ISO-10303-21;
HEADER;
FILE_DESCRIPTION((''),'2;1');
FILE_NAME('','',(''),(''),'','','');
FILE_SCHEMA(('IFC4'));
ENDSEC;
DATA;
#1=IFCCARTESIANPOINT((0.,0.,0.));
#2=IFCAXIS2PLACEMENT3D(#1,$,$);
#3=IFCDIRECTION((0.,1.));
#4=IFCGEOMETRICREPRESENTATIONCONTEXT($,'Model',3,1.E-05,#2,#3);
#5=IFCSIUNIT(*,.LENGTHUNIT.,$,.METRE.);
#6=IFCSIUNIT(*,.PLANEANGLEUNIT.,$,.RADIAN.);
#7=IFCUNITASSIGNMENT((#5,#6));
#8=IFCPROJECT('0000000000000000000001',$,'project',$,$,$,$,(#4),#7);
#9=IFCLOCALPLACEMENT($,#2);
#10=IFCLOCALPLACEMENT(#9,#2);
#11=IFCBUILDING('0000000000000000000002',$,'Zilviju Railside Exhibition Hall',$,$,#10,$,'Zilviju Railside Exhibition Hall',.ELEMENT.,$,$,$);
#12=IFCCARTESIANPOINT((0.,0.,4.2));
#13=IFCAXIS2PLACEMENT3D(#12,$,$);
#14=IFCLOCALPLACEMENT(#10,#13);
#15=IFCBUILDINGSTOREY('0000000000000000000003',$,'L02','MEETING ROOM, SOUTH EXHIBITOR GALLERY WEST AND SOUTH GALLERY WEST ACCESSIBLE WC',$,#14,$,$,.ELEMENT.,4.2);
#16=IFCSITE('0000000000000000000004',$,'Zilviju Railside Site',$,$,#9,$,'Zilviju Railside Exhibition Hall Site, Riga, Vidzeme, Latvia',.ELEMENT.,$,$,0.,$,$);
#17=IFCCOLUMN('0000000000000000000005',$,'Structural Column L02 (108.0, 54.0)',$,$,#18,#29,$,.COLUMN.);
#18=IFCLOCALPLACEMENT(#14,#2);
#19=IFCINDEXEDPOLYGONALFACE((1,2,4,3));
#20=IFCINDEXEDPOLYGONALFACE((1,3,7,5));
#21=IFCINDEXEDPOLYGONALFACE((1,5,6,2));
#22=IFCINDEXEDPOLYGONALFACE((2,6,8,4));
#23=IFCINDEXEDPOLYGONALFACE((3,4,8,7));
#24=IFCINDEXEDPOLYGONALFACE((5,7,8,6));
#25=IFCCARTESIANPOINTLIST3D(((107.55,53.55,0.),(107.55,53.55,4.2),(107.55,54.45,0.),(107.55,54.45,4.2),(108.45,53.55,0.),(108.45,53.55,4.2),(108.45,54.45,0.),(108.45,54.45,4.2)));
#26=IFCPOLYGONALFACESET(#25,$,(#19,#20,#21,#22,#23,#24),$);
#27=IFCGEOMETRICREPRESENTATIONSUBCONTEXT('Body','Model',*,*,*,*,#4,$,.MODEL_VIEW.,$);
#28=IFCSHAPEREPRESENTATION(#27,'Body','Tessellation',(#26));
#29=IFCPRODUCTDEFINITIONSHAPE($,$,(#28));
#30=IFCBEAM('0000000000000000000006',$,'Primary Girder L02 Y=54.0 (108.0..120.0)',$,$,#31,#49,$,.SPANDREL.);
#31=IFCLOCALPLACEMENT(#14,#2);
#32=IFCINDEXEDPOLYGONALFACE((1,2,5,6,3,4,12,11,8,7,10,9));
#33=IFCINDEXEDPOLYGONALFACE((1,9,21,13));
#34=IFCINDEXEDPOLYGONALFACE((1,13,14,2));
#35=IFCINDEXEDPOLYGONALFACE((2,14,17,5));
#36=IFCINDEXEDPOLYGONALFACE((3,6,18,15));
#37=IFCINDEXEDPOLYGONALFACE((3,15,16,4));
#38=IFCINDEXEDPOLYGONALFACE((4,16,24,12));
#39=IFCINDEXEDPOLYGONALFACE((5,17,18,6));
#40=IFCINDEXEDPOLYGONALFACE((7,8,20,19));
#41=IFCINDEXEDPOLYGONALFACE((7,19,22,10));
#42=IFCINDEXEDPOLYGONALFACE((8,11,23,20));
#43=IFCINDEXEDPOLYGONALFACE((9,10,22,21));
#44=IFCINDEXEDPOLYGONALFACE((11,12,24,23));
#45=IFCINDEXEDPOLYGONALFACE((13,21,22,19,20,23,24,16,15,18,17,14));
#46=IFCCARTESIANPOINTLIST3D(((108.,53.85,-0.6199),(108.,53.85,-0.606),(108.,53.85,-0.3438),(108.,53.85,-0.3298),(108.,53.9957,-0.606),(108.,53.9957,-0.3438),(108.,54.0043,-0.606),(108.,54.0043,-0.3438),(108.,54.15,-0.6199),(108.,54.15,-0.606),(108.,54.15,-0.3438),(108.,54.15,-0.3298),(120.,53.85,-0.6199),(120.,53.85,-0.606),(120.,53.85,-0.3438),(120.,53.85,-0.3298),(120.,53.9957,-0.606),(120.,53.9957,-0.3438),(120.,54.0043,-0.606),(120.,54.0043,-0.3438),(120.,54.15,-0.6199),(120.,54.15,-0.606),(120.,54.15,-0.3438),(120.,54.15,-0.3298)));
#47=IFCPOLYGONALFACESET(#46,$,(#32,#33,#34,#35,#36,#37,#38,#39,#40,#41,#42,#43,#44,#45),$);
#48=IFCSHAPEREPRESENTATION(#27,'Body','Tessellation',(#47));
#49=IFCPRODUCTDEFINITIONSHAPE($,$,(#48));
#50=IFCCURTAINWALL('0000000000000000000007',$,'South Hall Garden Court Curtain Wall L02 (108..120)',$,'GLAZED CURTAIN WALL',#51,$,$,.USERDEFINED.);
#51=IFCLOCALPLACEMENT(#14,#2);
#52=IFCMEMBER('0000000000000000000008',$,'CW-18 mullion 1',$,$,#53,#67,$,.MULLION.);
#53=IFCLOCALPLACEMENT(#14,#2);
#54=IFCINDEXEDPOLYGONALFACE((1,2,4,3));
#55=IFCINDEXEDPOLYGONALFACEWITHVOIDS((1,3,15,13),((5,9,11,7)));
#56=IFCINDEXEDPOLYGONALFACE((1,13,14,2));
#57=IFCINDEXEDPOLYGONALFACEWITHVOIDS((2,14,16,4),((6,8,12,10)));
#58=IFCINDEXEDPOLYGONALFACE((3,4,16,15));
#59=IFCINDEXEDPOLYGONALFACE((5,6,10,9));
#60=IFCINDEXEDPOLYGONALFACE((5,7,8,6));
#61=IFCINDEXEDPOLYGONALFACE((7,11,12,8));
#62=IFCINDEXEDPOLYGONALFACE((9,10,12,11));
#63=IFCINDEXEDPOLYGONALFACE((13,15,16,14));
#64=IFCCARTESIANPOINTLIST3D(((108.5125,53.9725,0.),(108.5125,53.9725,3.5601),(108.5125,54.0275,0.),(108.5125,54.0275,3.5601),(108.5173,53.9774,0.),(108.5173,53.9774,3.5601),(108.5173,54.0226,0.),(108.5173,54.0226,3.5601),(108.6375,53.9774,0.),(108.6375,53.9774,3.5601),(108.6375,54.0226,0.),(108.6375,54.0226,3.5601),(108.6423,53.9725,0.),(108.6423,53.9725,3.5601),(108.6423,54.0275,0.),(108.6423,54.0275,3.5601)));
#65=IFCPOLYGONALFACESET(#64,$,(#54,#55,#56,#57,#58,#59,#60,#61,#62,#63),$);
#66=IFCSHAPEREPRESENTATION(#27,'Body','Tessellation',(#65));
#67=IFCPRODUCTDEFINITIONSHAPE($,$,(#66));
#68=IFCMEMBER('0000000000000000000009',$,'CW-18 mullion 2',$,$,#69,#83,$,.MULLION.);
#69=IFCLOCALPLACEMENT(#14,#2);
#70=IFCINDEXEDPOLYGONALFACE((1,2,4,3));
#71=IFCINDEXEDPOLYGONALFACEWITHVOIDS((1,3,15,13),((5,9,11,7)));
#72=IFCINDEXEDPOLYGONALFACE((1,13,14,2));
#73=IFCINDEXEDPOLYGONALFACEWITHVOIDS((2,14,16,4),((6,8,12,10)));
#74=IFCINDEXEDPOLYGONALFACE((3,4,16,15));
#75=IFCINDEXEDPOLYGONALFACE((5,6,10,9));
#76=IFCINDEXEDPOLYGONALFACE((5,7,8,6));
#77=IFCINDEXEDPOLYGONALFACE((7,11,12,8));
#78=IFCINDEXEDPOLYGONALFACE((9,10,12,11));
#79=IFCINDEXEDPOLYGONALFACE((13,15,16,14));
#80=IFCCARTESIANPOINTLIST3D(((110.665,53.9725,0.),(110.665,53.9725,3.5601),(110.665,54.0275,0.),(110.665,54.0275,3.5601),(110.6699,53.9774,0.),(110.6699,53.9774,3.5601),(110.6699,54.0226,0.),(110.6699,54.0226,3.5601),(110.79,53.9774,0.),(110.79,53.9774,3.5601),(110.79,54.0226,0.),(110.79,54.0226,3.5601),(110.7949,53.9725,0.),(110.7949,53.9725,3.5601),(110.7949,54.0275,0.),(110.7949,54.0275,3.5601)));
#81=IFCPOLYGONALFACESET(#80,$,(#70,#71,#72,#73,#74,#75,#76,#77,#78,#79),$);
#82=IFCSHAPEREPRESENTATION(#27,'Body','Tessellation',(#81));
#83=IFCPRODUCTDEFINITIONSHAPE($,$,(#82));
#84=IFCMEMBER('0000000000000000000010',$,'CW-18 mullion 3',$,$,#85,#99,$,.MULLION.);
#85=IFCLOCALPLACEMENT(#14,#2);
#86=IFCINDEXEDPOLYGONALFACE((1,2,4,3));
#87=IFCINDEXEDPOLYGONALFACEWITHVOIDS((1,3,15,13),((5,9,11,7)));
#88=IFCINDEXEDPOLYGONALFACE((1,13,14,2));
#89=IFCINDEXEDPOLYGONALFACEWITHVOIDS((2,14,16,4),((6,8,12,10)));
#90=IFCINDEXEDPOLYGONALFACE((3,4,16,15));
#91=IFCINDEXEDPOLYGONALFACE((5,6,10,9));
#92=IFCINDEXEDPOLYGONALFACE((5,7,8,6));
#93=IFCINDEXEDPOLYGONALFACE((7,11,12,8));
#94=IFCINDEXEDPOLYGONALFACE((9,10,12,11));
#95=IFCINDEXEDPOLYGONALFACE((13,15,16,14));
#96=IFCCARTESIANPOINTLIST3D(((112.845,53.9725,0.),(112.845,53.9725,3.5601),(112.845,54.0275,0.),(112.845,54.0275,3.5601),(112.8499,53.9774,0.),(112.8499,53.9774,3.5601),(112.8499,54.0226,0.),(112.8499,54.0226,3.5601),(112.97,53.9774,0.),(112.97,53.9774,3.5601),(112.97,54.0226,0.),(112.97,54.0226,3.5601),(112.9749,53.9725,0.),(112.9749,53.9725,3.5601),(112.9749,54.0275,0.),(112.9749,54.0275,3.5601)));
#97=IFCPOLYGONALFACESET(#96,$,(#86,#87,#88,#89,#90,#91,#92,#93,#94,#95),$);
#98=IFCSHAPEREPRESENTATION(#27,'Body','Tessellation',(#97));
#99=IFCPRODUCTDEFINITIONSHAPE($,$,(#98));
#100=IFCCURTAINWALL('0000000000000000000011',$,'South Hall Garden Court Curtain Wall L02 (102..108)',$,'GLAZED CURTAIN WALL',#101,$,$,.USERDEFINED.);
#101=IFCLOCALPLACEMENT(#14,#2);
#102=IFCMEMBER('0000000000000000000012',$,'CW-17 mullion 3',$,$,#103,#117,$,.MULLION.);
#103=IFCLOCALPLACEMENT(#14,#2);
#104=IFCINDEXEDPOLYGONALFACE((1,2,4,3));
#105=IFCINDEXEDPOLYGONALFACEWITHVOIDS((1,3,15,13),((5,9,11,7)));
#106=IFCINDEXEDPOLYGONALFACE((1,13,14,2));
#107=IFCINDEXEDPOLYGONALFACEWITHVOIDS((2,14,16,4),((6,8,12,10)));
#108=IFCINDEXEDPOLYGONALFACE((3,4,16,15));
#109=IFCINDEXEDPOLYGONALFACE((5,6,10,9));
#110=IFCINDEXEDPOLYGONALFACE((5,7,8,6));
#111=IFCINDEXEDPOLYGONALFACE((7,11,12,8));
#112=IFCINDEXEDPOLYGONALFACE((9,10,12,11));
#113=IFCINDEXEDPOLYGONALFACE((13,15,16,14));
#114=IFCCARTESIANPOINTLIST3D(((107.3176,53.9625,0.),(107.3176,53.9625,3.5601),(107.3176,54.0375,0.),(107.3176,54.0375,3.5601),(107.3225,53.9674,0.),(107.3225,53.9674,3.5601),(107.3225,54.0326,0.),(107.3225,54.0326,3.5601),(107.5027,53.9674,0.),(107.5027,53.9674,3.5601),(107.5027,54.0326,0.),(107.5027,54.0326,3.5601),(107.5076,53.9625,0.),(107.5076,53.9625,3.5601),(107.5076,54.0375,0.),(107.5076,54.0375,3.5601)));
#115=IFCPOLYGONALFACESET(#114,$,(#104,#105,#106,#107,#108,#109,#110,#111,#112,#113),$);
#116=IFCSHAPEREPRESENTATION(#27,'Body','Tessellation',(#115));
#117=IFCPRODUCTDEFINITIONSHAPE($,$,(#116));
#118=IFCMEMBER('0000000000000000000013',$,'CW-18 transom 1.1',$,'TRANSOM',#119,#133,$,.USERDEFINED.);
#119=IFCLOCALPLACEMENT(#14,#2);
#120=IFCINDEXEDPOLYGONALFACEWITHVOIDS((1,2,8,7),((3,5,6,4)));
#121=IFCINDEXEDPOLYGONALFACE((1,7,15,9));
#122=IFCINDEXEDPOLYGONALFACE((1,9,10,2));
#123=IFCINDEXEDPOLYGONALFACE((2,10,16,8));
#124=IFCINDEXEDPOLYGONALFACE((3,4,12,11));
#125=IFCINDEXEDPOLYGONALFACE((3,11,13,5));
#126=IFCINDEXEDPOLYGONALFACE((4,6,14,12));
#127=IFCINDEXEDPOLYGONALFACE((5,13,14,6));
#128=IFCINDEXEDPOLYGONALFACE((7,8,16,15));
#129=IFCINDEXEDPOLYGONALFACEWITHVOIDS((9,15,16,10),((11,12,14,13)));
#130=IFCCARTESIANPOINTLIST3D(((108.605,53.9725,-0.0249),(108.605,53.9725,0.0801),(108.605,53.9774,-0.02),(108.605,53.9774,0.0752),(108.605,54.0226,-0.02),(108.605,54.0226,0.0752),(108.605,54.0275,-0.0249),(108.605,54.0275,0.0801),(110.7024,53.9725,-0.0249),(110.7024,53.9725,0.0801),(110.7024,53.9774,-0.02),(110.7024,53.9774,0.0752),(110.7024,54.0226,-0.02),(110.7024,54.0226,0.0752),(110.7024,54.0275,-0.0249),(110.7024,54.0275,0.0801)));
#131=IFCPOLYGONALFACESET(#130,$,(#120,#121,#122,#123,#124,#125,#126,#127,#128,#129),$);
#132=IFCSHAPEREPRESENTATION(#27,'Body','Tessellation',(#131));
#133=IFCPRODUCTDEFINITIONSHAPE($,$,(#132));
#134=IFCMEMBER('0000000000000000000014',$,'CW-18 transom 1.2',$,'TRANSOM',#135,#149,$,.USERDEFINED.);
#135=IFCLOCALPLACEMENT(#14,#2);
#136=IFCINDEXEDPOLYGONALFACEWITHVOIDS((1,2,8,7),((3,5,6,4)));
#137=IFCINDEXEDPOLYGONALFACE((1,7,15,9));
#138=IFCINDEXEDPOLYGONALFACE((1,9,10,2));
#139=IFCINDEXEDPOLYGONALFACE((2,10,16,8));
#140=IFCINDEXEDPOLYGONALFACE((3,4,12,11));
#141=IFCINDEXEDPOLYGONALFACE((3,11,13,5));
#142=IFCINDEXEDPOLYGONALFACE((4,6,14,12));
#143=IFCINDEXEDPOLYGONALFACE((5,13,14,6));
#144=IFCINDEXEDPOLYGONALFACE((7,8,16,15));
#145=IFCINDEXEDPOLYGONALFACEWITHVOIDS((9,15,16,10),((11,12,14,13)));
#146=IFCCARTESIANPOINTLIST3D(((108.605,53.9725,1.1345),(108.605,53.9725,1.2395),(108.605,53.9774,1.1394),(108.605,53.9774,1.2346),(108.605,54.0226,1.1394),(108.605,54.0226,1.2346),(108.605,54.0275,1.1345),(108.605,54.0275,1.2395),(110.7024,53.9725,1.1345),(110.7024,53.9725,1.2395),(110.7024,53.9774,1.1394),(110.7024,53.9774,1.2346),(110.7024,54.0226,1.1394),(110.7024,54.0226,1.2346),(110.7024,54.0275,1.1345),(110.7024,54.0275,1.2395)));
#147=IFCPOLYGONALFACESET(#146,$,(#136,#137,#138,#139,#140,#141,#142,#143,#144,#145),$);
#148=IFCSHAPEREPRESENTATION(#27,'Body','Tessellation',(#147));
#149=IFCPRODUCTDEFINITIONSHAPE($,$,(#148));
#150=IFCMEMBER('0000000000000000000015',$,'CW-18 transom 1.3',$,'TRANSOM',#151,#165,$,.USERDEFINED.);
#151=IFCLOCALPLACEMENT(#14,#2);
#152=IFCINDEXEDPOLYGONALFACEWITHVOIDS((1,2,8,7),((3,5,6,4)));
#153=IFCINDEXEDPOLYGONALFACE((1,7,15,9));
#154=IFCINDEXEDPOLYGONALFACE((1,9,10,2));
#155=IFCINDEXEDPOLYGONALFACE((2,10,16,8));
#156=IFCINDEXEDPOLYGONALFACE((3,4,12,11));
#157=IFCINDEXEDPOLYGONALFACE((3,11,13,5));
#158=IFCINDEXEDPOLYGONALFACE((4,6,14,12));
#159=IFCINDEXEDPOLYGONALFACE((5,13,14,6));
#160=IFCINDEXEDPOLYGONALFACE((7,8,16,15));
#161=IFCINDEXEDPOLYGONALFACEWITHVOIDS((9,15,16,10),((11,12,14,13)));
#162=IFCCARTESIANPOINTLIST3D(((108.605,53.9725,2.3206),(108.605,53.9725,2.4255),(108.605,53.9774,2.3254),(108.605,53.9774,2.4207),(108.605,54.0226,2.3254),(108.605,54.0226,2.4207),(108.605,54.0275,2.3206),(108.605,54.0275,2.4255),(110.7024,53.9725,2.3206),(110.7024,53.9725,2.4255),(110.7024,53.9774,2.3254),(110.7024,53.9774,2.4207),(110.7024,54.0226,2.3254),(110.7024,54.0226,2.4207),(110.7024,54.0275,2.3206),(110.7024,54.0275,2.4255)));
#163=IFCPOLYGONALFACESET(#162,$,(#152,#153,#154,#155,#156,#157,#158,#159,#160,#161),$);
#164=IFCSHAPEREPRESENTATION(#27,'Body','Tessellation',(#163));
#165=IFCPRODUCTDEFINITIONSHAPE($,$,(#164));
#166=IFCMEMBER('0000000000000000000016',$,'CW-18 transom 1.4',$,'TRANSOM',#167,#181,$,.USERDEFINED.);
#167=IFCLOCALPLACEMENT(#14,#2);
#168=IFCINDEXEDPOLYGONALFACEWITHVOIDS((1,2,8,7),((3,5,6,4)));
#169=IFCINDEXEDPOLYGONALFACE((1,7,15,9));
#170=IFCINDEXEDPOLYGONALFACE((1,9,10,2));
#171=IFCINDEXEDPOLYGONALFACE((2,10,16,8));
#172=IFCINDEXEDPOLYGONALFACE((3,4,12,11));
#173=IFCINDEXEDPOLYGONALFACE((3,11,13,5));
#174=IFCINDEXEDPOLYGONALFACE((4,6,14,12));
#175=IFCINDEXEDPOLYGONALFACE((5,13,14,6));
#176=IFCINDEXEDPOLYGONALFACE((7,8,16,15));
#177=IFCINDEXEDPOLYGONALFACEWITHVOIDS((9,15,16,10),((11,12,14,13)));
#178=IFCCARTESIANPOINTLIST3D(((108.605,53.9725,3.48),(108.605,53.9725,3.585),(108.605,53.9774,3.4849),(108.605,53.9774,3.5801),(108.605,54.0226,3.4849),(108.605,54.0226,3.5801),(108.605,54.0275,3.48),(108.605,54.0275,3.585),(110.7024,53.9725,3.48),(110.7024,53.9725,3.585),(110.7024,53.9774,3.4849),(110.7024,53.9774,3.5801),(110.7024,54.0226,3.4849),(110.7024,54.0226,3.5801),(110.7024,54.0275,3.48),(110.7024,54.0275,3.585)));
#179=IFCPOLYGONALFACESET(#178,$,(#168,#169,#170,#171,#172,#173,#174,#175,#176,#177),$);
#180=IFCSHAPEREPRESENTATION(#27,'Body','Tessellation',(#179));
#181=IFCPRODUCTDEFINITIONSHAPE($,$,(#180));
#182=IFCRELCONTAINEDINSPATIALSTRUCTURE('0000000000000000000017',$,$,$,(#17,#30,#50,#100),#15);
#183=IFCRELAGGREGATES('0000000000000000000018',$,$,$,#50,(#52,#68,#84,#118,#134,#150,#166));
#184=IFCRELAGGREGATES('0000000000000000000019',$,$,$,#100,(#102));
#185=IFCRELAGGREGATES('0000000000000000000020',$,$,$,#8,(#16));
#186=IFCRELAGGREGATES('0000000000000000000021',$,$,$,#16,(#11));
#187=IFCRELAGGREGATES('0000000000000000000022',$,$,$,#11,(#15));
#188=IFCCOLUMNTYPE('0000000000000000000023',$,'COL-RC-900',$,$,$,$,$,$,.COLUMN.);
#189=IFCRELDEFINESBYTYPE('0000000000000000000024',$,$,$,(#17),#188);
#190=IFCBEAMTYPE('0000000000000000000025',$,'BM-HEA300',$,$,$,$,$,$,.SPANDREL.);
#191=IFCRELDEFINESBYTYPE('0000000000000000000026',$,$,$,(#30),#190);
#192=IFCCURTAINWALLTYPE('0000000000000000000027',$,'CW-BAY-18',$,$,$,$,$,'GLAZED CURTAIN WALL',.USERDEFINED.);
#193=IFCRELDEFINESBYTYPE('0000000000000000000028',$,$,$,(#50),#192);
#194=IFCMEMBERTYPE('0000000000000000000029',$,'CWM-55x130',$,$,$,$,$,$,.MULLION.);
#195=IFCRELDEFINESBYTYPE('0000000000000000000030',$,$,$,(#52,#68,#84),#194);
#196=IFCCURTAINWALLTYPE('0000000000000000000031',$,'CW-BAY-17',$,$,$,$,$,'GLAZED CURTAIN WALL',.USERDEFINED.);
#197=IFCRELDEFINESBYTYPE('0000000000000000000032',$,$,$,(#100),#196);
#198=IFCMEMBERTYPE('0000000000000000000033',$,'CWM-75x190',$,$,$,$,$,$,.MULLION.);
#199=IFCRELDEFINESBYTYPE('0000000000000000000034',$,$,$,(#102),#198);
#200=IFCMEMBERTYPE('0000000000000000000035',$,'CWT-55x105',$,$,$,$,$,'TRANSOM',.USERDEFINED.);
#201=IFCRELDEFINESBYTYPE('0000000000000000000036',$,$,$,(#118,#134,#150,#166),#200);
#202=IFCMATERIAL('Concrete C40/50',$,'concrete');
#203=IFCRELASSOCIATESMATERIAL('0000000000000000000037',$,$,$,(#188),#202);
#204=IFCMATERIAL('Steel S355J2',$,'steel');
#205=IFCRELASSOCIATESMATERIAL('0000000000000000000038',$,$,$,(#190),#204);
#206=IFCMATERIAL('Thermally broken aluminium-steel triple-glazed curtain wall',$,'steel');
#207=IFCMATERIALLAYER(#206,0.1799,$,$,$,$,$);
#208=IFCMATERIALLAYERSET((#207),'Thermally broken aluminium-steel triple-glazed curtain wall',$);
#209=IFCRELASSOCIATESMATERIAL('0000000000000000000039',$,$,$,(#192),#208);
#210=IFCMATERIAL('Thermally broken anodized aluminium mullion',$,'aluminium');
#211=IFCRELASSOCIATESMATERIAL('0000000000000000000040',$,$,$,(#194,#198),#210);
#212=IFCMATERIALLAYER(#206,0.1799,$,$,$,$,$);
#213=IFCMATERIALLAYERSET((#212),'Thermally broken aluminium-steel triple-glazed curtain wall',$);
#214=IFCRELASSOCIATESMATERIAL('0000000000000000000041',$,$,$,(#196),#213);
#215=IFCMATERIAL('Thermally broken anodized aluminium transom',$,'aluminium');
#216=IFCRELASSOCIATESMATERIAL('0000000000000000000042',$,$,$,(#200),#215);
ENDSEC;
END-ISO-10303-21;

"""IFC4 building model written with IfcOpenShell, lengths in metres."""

from ifc_helpers import new_model, si_unit, direction, frame, origin, origin_2d, place, context, subcontext, project, spatial, rectangle, hollow_rectangle, i_section, extrude, material, layer, layer_set, material_profile, profile_set, type_object, element, aggregate, save


model = new_model("IFC4")

# Units and contexts
model_context = context("Model", 3, precision=1e-05, world=origin(), true_north=direction((0.0, 1.0)))
body_context = subcontext(model_context, "Body", "Model", "MODEL_VIEW")
ifc_project = project(units=[si_unit("LENGTHUNIT", "METRE"), si_unit("PLANEANGLEUNIT", "RADIAN")], contexts=[model_context])

# Site, building, storey
site_placement = place(None, origin())
site = spatial("IfcSite", under=ifc_project, at=site_placement, Name="Zilviju Railside Site", LongName="Zilviju Railside Exhibition Hall Site, Riga, Vidzeme, Latvia", CompositionType="ELEMENT", RefElevation=0.0)
building_placement = place(site_placement, origin())
building = spatial("IfcBuilding", under=site, at=building_placement, Name="Zilviju Railside Exhibition Hall", LongName="Zilviju Railside Exhibition Hall", CompositionType="ELEMENT")
storey_placement = place(building_placement, frame((0.0, 0.0, 4.2)))
storey = spatial("IfcBuildingStorey", under=building, at=storey_placement, Name="L02", Description="MEETING ROOM, SOUTH EXHIBITOR GALLERY WEST AND SOUTH GALLERY WEST ACCESSIBLE WC", CompositionType="ELEMENT", Elevation=4.2)

# Column
ifc_material_1 = material(Name="Concrete C40/50", Category="concrete")
ifc_material_profile_1 = material_profile(ifc_material_1, rectangle(XDim=0.8999, YDim=0.8999, at=origin_2d()), Name="RC COL 900x900")
ifc_profile_set_1 = profile_set([ifc_material_profile_1], Name="Concrete C40/50")
column_type = type_object("IfcColumnType", Name="COL-RC-900", PredefinedType="COLUMN", material=ifc_profile_set_1)
column_placement = place(storey_placement, frame((108.0, 54.0, 0.0), z_axis=(0.0, 0.0, 1.0), x_axis=(1.0, 0.0, 0.0)))
element("IfcColumn", 1, at=column_placement, inside=storey, type_object=column_type, Name="Structural Column L02 (108.0, 54.0)", PredefinedType="COLUMN", context=body_context, shape_type="SweptSolid", body=[
    extrude(rectangle(XDim=0.8999, YDim=0.8999, at=origin_2d()), origin(), (0.0, 0.0, 1.0), 4.2),
])

# Beam
ifc_material_2 = material(Name="Steel S355J2", Category="steel")
ifc_material_profile_2 = material_profile(ifc_material_2, i_section(OverallWidth=0.3, OverallDepth=0.29, WebThickness=0.0085, FlangeThickness=0.0139, at=origin_2d()), Name="HEA 300")
ifc_profile_set_2 = profile_set([ifc_material_profile_2], Name="Steel S355J2")
beam_type = type_object("IfcBeamType", Name="BM-HEA300", PredefinedType="SPANDREL", material=ifc_profile_set_2)
beam_placement = place(storey_placement, frame((108.0, 54.0, -0.4749), z_axis=(1.0, 0.0, 0.0), x_axis=(0.0, 1.0, 0.0)))
element("IfcBeam", 2, at=beam_placement, inside=storey, type_object=beam_type, Name="Primary Girder L02 Y=54.0 (108.0..120.0)", PredefinedType="SPANDREL", context=body_context, shape_type="SweptSolid", body=[
    extrude(i_section(OverallWidth=0.3, OverallDepth=0.29, WebThickness=0.0085, FlangeThickness=0.0139, at=origin_2d()), origin(), (0.0, 0.0, 1.0), 12.0),
])

# Curtain wall, members
ifc_material_3 = material(Name="Thermally broken aluminium-steel triple-glazed curtain wall", Category="steel")
ifc_layer_1 = layer(ifc_material_3, 0.1799)
ifc_layer_set_1 = layer_set([ifc_layer_1], Name="Thermally broken aluminium-steel triple-glazed curtain wall")
curtain_wall_type_1 = type_object("IfcCurtainWallType", Name="CW-BAY-18", ElementType="GLAZED CURTAIN WALL", PredefinedType="USERDEFINED", material=ifc_layer_set_1)
curtain_wall_1_placement = place(storey_placement, origin())
curtain_wall_1 = element("IfcCurtainWall", 3, at=curtain_wall_1_placement, inside=storey, type_object=curtain_wall_type_1, Name="South Hall Garden Court Curtain Wall L02 (108..120)", ObjectType="GLAZED CURTAIN WALL", PredefinedType="USERDEFINED")
ifc_material_4 = material(Name="Thermally broken anodized aluminium mullion", Category="aluminium")
ifc_material_profile_3 = material_profile(ifc_material_4, hollow_rectangle(XDim=0.0549, YDim=0.1299, WallThickness=0.0049, at=origin_2d()), Name="MULLION 130x55x5")
ifc_profile_set_3 = profile_set([ifc_material_profile_3], Name="Thermally broken anodized aluminium mullion")
member_type_1 = type_object("IfcMemberType", Name="CWM-55x130", PredefinedType="MULLION", material=ifc_profile_set_3)
member_1_placement = place(storey_placement, frame((108.5774, 54.0, 0.0), z_axis=(0.0, 0.0, 1.0), x_axis=(0.0, 1.0, 0.0)))
member_1 = element("IfcMember", 4, at=member_1_placement, type_object=member_type_1, Name="CW-18 mullion 1", PredefinedType="MULLION", context=body_context, shape_type="SweptSolid", body=[
    extrude(hollow_rectangle(XDim=0.0549, YDim=0.1299, WallThickness=0.0049, at=origin_2d()), origin(), (0.0, 0.0, 1.0), 3.5601),
])
member_2_placement = place(storey_placement, frame((110.73, 54.0, 0.0), z_axis=(0.0, 0.0, 1.0), x_axis=(0.0, 1.0, 0.0)))
member_2 = element("IfcMember", 5, at=member_2_placement, type_object=member_type_1, Name="CW-18 mullion 2", PredefinedType="MULLION", context=body_context, shape_type="SweptSolid", body=[
    extrude(hollow_rectangle(XDim=0.0549, YDim=0.1299, WallThickness=0.0049, at=origin_2d()), origin(), (0.0, 0.0, 1.0), 3.5601),
])
member_3_placement = place(storey_placement, frame((112.9099, 54.0, 0.0), z_axis=(0.0, 0.0, 1.0), x_axis=(0.0, 1.0, 0.0)))
member_3 = element("IfcMember", 6, at=member_3_placement, type_object=member_type_1, Name="CW-18 mullion 3", PredefinedType="MULLION", context=body_context, shape_type="SweptSolid", body=[
    extrude(hollow_rectangle(XDim=0.0549, YDim=0.1299, WallThickness=0.0049, at=origin_2d()), origin(), (0.0, 0.0, 1.0), 3.5601),
])

# Curtain wall, member
ifc_layer_2 = layer(ifc_material_3, 0.1799)
ifc_layer_set_2 = layer_set([ifc_layer_2], Name="Thermally broken aluminium-steel triple-glazed curtain wall")
curtain_wall_type_2 = type_object("IfcCurtainWallType", Name="CW-BAY-17", ElementType="GLAZED CURTAIN WALL", PredefinedType="USERDEFINED", material=ifc_layer_set_2)
curtain_wall_2_placement = place(storey_placement, origin())
curtain_wall_2 = element("IfcCurtainWall", 7, at=curtain_wall_2_placement, inside=storey, type_object=curtain_wall_type_2, Name="South Hall Garden Court Curtain Wall L02 (102..108)", ObjectType="GLAZED CURTAIN WALL", PredefinedType="USERDEFINED")
ifc_material_profile_4 = material_profile(ifc_material_4, hollow_rectangle(XDim=0.075, YDim=0.1899, WallThickness=0.0049, at=origin_2d()), Name="MULLION 190x75x5")
ifc_profile_set_4 = profile_set([ifc_material_profile_4], Name="Thermally broken anodized aluminium mullion")
member_type_2 = type_object("IfcMemberType", Name="CWM-75x190", PredefinedType="MULLION", material=ifc_profile_set_4)
member_4_placement = place(storey_placement, frame((107.4126, 54.0, 0.0), z_axis=(0.0, 0.0, 1.0), x_axis=(0.0, 1.0, 0.0)))
member_4 = element("IfcMember", 8, at=member_4_placement, type_object=member_type_2, Name="CW-17 mullion 3", PredefinedType="MULLION", context=body_context, shape_type="SweptSolid", body=[
    extrude(hollow_rectangle(XDim=0.075, YDim=0.1899, WallThickness=0.0049, at=origin_2d()), origin(), (0.0, 0.0, 1.0), 3.5601),
])

# Members
ifc_material_5 = material(Name="Thermally broken anodized aluminium transom", Category="aluminium")
ifc_material_profile_5 = material_profile(ifc_material_5, hollow_rectangle(XDim=0.0549, YDim=0.105, WallThickness=0.0049, at=origin_2d()), Name="TRANSOM 105x55x5")
ifc_profile_set_5 = profile_set([ifc_material_profile_5], Name="Thermally broken anodized aluminium transom")
member_type_3 = type_object("IfcMemberType", Name="CWT-55x105", ElementType="TRANSOM", PredefinedType="USERDEFINED", material=ifc_profile_set_5)
member_5_placement = place(storey_placement, frame((108.605, 54.0, 0.0276), z_axis=(1.0, 0.0, 0.0), x_axis=(0.0, 1.0, 0.0)))
member_5 = element("IfcMember", 9, at=member_5_placement, type_object=member_type_3, Name="CW-18 transom 1.1", ObjectType="TRANSOM", PredefinedType="USERDEFINED", context=body_context, shape_type="SweptSolid", body=[
    extrude(hollow_rectangle(XDim=0.0549, YDim=0.105, WallThickness=0.0049, at=origin_2d()), origin(), (0.0, 0.0, 1.0), 2.0974),
])
member_6_placement = place(storey_placement, frame((108.605, 54.0, 1.187), z_axis=(1.0, 0.0, 0.0), x_axis=(0.0, 1.0, 0.0)))
member_6 = element("IfcMember", 10, at=member_6_placement, type_object=member_type_3, Name="CW-18 transom 1.2", ObjectType="TRANSOM", PredefinedType="USERDEFINED", context=body_context, shape_type="SweptSolid", body=[
    extrude(hollow_rectangle(XDim=0.0549, YDim=0.105, WallThickness=0.0049, at=origin_2d()), origin(), (0.0, 0.0, 1.0), 2.0974),
])
member_7_placement = place(storey_placement, frame((108.605, 54.0, 2.373), z_axis=(1.0, 0.0, 0.0), x_axis=(0.0, 1.0, 0.0)))
member_7 = element("IfcMember", 11, at=member_7_placement, type_object=member_type_3, Name="CW-18 transom 1.3", ObjectType="TRANSOM", PredefinedType="USERDEFINED", context=body_context, shape_type="SweptSolid", body=[
    extrude(hollow_rectangle(XDim=0.0549, YDim=0.105, WallThickness=0.0049, at=origin_2d()), origin(), (0.0, 0.0, 1.0), 2.0974),
])
member_8_placement = place(storey_placement, frame((108.605, 54.0, 3.5325), z_axis=(1.0, 0.0, 0.0), x_axis=(0.0, 1.0, 0.0)))
member_8 = element("IfcMember", 12, at=member_8_placement, type_object=member_type_3, Name="CW-18 transom 1.4", ObjectType="TRANSOM", PredefinedType="USERDEFINED", context=body_context, shape_type="SweptSolid", body=[
    extrude(hollow_rectangle(XDim=0.0549, YDim=0.105, WallThickness=0.0049, at=origin_2d()), origin(), (0.0, 0.0, 1.0), 2.0974),
])

aggregate(curtain_wall_1, [member_1, member_2, member_3, member_5, member_6, member_7, member_8])
aggregate(curtain_wall_2, [member_4])

save(model, "model.ifc")
